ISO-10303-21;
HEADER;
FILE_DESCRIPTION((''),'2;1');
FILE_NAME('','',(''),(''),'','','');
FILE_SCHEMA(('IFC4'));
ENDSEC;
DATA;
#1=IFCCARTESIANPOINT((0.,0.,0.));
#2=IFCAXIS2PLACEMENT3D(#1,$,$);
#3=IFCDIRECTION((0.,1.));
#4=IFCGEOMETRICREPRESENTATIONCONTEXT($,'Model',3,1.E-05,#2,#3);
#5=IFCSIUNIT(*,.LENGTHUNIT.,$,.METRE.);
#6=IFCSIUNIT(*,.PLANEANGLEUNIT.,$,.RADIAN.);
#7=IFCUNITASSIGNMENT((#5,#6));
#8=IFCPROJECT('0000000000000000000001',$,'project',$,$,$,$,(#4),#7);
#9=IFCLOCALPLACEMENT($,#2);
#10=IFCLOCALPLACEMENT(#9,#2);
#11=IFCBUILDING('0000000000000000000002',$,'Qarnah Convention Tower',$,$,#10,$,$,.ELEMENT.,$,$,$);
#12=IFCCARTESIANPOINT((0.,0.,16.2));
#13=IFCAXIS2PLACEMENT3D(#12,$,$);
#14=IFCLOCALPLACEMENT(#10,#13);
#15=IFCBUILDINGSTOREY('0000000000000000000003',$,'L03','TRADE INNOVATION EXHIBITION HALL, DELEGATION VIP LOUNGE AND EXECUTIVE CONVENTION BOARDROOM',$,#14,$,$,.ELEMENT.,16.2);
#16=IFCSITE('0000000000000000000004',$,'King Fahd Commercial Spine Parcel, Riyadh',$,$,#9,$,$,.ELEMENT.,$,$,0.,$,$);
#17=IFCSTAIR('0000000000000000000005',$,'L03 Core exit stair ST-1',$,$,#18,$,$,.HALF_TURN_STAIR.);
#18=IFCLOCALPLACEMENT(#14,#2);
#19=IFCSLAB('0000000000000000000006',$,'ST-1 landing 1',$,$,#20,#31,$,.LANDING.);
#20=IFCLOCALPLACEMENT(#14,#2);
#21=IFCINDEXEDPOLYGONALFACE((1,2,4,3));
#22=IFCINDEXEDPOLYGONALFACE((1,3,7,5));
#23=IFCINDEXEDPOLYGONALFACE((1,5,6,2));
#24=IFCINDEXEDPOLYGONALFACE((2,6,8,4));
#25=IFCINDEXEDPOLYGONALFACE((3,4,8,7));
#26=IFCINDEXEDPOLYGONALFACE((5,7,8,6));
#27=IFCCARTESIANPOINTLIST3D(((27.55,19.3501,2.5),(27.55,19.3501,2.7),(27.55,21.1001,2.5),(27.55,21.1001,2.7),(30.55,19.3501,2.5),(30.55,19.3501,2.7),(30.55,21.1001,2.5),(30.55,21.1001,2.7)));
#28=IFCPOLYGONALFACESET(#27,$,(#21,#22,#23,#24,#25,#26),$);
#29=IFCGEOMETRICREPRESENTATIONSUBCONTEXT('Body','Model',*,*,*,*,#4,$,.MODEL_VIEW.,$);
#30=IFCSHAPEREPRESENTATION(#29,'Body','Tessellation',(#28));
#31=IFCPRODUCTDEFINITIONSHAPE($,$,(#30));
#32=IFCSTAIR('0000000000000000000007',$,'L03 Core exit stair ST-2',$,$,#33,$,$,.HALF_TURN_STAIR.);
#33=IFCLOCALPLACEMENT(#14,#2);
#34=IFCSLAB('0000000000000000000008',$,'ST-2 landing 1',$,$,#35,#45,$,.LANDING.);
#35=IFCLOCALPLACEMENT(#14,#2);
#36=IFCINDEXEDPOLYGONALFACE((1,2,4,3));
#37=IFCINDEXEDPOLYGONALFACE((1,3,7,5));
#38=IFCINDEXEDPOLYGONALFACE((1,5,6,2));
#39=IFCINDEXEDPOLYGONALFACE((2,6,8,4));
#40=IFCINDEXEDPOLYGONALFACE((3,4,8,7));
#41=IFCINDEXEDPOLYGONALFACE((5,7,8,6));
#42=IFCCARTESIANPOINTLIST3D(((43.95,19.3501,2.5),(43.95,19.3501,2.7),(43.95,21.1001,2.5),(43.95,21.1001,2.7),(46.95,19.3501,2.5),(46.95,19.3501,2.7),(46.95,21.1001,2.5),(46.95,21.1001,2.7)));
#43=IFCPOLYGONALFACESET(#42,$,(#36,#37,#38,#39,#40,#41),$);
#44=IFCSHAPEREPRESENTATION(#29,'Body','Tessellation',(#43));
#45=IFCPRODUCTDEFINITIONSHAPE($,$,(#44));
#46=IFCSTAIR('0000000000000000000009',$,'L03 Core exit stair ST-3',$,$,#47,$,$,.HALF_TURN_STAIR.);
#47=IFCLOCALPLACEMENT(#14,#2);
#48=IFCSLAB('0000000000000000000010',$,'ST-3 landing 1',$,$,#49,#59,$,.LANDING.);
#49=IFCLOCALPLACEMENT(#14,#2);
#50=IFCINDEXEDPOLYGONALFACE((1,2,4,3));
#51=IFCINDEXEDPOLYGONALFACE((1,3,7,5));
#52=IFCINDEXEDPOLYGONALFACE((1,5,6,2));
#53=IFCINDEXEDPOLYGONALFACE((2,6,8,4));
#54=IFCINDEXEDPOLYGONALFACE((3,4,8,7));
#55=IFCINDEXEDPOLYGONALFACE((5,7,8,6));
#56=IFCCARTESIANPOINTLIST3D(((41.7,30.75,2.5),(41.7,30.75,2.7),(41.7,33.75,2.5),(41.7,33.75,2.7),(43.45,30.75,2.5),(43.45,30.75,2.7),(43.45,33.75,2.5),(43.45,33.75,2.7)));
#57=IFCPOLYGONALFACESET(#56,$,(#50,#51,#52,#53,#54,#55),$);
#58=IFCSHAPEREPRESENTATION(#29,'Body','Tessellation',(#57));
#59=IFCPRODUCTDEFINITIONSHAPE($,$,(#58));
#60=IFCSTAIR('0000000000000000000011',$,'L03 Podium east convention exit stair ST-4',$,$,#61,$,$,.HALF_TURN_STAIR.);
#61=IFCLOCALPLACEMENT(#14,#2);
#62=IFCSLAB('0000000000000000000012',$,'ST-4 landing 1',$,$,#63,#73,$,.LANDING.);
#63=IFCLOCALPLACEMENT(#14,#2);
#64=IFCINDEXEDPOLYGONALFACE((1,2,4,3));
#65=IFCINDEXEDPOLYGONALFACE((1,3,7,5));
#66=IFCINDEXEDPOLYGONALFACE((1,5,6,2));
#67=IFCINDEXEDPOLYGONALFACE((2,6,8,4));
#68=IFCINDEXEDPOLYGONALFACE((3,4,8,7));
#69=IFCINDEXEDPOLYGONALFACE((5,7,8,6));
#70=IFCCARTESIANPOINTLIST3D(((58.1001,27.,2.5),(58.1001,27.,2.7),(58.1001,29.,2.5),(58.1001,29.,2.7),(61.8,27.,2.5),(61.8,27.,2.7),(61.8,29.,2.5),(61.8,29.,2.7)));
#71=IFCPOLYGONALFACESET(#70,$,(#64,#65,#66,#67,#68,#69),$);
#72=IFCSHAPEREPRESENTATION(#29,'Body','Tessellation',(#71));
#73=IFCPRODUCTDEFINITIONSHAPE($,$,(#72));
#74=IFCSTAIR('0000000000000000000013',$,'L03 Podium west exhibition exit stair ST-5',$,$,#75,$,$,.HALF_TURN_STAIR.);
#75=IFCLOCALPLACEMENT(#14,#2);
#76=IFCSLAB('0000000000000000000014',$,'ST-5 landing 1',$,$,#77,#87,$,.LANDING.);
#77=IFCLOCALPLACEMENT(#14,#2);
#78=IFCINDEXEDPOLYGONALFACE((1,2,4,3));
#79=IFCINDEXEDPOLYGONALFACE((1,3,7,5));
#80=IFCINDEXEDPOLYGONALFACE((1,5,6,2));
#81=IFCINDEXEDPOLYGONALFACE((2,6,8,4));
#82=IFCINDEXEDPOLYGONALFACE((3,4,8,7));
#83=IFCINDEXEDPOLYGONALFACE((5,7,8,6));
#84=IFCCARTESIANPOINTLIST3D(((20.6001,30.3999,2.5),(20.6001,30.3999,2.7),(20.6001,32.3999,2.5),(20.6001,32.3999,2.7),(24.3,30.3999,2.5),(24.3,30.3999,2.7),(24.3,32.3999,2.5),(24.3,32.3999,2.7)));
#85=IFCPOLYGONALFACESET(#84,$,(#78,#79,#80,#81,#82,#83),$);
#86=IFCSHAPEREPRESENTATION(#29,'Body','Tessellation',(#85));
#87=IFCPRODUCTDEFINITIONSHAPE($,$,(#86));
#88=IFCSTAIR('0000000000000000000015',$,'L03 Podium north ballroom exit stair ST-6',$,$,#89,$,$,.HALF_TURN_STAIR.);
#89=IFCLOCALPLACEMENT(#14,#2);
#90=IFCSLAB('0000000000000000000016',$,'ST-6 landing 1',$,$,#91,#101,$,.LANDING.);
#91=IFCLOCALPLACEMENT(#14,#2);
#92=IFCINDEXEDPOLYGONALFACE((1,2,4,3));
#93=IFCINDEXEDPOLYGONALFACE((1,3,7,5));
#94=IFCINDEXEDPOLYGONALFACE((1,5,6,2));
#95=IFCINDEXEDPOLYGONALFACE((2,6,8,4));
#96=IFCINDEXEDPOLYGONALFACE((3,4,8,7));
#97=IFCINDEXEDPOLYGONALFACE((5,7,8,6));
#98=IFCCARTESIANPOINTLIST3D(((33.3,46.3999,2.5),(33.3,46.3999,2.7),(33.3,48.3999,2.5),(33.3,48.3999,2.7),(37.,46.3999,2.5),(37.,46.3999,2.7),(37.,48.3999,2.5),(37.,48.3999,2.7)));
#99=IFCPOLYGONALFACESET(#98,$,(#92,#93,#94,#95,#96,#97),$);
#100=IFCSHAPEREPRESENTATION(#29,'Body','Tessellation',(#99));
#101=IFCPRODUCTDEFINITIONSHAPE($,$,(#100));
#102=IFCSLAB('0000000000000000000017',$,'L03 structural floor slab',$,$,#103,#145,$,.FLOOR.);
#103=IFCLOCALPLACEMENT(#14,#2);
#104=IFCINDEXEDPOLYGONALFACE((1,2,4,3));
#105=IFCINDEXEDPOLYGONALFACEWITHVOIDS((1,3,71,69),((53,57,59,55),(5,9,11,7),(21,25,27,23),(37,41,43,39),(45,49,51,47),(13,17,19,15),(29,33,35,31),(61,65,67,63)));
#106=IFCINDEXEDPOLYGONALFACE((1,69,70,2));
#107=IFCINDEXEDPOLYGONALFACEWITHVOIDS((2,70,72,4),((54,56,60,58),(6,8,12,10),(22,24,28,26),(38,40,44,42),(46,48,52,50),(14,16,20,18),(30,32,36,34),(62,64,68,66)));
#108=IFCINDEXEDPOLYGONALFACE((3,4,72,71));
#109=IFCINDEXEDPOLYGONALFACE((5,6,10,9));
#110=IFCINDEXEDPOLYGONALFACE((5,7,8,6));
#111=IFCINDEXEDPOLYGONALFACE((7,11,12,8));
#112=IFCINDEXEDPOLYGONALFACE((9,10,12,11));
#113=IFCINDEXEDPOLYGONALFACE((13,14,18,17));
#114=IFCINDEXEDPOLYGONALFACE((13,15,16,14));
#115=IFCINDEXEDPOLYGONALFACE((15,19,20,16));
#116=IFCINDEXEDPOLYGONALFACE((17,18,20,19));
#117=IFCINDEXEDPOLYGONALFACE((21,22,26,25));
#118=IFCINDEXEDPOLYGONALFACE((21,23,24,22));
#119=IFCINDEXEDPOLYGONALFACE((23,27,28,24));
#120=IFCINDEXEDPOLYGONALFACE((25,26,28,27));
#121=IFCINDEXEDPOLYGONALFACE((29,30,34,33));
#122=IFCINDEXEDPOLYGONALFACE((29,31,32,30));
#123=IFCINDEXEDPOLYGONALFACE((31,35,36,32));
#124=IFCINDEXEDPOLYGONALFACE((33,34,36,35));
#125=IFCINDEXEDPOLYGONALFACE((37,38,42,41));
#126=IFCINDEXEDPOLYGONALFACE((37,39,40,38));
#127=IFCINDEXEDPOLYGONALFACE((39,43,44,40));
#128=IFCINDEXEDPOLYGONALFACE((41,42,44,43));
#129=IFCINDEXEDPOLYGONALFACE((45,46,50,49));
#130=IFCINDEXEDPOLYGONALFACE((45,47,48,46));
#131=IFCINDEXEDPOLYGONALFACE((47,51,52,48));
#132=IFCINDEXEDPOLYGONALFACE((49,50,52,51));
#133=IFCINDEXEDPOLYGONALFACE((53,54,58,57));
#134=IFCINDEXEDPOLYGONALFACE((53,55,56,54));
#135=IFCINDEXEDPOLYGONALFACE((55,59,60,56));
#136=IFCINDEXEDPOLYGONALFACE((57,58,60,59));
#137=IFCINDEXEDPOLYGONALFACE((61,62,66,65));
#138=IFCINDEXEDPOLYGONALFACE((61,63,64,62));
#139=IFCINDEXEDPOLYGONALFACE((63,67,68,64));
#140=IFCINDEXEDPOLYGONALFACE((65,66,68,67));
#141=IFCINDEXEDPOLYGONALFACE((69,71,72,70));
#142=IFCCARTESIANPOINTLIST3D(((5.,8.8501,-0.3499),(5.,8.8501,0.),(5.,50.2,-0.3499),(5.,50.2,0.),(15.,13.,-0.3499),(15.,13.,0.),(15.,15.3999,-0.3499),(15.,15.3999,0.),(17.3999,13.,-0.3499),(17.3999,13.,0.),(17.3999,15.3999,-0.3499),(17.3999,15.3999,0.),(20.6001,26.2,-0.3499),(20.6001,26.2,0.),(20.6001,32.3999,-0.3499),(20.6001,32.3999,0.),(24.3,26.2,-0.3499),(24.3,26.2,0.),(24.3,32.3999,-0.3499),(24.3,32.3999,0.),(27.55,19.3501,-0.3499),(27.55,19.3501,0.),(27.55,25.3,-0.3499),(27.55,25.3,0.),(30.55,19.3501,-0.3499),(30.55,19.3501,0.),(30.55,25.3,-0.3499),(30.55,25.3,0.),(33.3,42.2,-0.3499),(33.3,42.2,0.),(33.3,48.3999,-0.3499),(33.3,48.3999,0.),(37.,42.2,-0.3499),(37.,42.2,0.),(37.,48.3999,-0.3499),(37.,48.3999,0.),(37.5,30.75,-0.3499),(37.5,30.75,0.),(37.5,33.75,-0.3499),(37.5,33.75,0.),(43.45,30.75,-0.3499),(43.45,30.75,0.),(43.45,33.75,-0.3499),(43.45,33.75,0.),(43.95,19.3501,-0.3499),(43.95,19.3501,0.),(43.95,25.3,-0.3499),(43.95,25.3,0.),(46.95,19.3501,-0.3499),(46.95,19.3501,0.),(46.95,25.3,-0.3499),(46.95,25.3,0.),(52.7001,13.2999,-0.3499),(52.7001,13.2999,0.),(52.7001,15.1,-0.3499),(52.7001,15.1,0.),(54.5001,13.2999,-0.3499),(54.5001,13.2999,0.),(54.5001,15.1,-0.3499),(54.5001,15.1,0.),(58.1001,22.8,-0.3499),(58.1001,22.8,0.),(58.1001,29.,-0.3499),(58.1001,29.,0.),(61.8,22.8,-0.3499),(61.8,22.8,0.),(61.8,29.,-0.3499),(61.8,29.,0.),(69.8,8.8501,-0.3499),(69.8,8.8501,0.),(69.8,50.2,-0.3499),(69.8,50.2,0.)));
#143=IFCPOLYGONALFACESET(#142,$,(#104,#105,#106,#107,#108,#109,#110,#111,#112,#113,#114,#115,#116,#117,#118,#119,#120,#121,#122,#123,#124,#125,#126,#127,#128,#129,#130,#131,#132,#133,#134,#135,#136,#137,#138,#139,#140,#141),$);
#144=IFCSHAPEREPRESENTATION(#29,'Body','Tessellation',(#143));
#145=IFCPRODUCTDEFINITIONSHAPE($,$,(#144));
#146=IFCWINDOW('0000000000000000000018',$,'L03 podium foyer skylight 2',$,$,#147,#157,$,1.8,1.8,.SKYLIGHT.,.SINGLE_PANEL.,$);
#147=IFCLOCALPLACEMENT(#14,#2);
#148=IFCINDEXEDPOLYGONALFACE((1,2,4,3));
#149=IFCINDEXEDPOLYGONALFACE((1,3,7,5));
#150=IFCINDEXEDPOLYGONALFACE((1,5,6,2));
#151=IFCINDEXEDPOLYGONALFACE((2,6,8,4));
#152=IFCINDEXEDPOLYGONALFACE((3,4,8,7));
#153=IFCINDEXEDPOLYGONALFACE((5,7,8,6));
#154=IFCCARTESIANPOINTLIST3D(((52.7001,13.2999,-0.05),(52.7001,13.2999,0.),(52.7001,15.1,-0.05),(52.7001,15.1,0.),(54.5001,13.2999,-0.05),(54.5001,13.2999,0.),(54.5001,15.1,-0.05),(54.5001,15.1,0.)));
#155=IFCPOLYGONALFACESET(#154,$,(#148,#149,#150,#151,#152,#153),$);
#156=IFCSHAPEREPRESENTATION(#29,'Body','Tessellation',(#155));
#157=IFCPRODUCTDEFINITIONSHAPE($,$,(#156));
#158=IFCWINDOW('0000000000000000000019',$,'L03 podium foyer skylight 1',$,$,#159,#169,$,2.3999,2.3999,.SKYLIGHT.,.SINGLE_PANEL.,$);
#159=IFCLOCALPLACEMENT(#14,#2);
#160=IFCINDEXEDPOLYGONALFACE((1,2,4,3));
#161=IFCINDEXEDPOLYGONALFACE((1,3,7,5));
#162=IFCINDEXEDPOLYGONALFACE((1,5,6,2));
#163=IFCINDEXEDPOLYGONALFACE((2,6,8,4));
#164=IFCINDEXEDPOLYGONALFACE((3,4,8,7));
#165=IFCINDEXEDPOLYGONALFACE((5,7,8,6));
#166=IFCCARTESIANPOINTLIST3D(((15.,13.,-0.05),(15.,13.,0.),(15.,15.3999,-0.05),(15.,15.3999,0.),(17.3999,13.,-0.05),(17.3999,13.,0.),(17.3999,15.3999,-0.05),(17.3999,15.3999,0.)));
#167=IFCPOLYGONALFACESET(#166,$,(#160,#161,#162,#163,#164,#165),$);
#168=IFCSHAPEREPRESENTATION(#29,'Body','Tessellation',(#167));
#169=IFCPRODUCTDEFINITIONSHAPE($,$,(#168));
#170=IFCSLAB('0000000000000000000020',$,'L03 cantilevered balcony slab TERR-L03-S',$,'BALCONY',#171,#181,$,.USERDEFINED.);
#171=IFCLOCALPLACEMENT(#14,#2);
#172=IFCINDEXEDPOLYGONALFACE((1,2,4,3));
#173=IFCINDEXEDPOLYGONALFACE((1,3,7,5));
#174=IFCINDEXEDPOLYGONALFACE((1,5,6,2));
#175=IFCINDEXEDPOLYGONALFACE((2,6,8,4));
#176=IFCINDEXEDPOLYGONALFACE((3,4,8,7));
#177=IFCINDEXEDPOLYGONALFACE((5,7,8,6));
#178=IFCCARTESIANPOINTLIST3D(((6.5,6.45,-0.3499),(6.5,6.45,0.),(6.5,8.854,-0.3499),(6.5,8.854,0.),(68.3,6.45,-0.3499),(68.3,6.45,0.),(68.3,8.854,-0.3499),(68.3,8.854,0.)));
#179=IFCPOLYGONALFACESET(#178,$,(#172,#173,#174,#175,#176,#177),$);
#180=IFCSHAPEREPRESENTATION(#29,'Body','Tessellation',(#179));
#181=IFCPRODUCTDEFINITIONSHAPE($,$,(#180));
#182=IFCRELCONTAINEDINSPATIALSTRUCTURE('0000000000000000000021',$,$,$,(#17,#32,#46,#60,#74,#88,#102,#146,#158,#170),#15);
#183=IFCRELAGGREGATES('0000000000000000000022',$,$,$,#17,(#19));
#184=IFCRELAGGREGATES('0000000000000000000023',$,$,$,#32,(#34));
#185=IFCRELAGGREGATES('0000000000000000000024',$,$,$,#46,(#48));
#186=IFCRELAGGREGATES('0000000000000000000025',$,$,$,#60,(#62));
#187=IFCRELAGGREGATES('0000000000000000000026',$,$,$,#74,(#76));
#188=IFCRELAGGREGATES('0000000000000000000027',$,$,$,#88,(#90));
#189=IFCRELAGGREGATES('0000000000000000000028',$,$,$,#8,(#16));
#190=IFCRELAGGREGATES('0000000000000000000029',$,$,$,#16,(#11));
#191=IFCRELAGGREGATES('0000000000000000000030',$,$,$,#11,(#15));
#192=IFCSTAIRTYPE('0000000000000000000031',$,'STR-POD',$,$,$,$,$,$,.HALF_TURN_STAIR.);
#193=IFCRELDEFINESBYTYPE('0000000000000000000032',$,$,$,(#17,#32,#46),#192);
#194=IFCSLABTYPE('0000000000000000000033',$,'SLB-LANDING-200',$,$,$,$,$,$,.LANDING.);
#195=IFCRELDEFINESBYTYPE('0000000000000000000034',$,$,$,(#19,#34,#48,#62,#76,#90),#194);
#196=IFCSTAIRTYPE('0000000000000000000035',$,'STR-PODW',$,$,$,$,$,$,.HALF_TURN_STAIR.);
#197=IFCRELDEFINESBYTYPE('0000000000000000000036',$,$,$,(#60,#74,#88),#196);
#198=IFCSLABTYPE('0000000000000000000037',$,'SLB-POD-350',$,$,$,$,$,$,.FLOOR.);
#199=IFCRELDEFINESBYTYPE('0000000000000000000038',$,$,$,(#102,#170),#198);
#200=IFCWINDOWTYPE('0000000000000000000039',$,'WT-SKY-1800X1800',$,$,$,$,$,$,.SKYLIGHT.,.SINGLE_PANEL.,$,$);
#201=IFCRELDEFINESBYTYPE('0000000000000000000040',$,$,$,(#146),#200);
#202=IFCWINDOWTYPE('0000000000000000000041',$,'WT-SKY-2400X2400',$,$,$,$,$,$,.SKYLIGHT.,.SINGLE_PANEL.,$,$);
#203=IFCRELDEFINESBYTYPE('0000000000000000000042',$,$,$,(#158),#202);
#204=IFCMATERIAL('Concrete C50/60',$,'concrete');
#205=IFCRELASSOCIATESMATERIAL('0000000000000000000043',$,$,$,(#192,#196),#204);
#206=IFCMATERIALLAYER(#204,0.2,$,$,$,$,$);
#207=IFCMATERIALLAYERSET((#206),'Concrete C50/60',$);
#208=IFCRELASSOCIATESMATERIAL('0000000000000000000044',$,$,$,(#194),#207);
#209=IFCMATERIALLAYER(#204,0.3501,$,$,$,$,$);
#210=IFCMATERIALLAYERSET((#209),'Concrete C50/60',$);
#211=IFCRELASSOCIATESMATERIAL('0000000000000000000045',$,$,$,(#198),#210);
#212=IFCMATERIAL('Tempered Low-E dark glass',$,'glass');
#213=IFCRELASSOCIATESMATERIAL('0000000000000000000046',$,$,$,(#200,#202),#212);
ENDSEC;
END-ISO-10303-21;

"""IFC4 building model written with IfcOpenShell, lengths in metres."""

from ifc_helpers import new_model, si_unit, direction, frame, origin, origin_2d, place, context, subcontext, project, spatial, polyline, rectangle, outline, extrude, material, layer, layer_set, type_object, element, fill, aggregate, save


model = new_model("IFC4")

# Units and contexts
model_context = context("Model", 3, precision=1e-05, world=origin(), true_north=direction((0.0, 1.0)))
body_context = subcontext(model_context, "Body", "Model", "MODEL_VIEW")
ifc_project = project(units=[si_unit("LENGTHUNIT", "METRE"), si_unit("PLANEANGLEUNIT", "RADIAN")], contexts=[model_context])

# Site, building, storey
site_placement = place(None, origin())
site = spatial("IfcSite", under=ifc_project, at=site_placement, Name="King Fahd Commercial Spine Parcel, Riyadh", CompositionType="ELEMENT", RefElevation=0.0)
building_placement = place(site_placement, origin())
building = spatial("IfcBuilding", under=site, at=building_placement, Name="Qarnah Convention Tower", CompositionType="ELEMENT")
storey_placement = place(building_placement, frame((0.0, 0.0, 16.2)))
storey = spatial("IfcBuildingStorey", under=building, at=storey_placement, Name="L03", Description="TRADE INNOVATION EXHIBITION HALL, DELEGATION VIP LOUNGE AND EXECUTIVE CONVENTION BOARDROOM", CompositionType="ELEMENT", Elevation=16.2)

# Stairs, slabs
ifc_material_1 = material(Name="Concrete C50/60", Category="concrete")
stair_type_1 = type_object("IfcStairType", Name="STR-POD", PredefinedType="HALF_TURN_STAIR", material=ifc_material_1)
stair_1_placement = place(storey_placement, origin())
stair_1 = element("IfcStair", 1, at=stair_1_placement, inside=storey, type_object=stair_type_1, Name="L03 Core exit stair ST-1", PredefinedType="HALF_TURN_STAIR")
ifc_layer_1 = layer(ifc_material_1, 0.2)
ifc_layer_set_1 = layer_set([ifc_layer_1], Name="Concrete C50/60")
slab_type_1 = type_object("IfcSlabType", Name="SLB-LANDING-200", PredefinedType="LANDING", material=ifc_layer_set_1)
slab_1_placement = place(storey_placement, frame((0.0, 0.0, 2.5)))
slab_1 = element("IfcSlab", 2, at=slab_1_placement, type_object=slab_type_1, Name="ST-1 landing 1", PredefinedType="LANDING", context=body_context, shape_type="SweptSolid", body=[
    extrude(outline(polyline([(27.55, 21.1001), (27.55, 19.3501), (30.55, 19.3501), (30.55, 21.1001), (27.55, 21.1001)])), origin(), (0.0, 0.0, 1.0), 0.2),
])
aggregate(stair_1, [slab_1])
stair_2_placement = place(storey_placement, origin())
stair_2 = element("IfcStair", 3, at=stair_2_placement, inside=storey, type_object=stair_type_1, Name="L03 Core exit stair ST-2", PredefinedType="HALF_TURN_STAIR")
slab_2_placement = place(storey_placement, frame((0.0, 0.0, 2.5)))
slab_2 = element("IfcSlab", 4, at=slab_2_placement, type_object=slab_type_1, Name="ST-2 landing 1", PredefinedType="LANDING", context=body_context, shape_type="SweptSolid", body=[
    extrude(outline(polyline([(43.95, 21.1001), (43.95, 19.3501), (46.95, 19.3501), (46.95, 21.1001), (43.95, 21.1001)])), origin(), (0.0, 0.0, 1.0), 0.2),
])
aggregate(stair_2, [slab_2])
stair_3_placement = place(storey_placement, origin())
stair_3 = element("IfcStair", 5, at=stair_3_placement, inside=storey, type_object=stair_type_1, Name="L03 Core exit stair ST-3", PredefinedType="HALF_TURN_STAIR")
slab_3_placement = place(storey_placement, frame((0.0, 0.0, 2.5)))
slab_3 = element("IfcSlab", 6, at=slab_3_placement, type_object=slab_type_1, Name="ST-3 landing 1", PredefinedType="LANDING", context=body_context, shape_type="SweptSolid", body=[
    extrude(outline(polyline([(41.7, 30.75), (43.45, 30.75), (43.45, 33.75), (41.7, 33.75), (41.7, 30.75)])), origin(), (0.0, 0.0, 1.0), 0.2),
])
aggregate(stair_3, [slab_3])
stair_type_2 = type_object("IfcStairType", Name="STR-PODW", PredefinedType="HALF_TURN_STAIR", material=ifc_material_1)
stair_4_placement = place(storey_placement, origin())
stair_4 = element("IfcStair", 7, at=stair_4_placement, inside=storey, type_object=stair_type_2, Name="L03 Podium east convention exit stair ST-4", PredefinedType="HALF_TURN_STAIR")
slab_4_placement = place(storey_placement, frame((0.0, 0.0, 2.5)))
slab_4 = element("IfcSlab", 8, at=slab_4_placement, type_object=slab_type_1, Name="ST-4 landing 1", PredefinedType="LANDING", context=body_context, shape_type="SweptSolid", body=[
    extrude(outline(polyline([(61.8, 27.0), (61.8, 29.0), (58.1001, 29.0), (58.1001, 27.0), (61.8, 27.0)])), origin(), (0.0, 0.0, 1.0), 0.2),
])
aggregate(stair_4, [slab_4])
stair_5_placement = place(storey_placement, origin())
stair_5 = element("IfcStair", 9, at=stair_5_placement, inside=storey, type_object=stair_type_2, Name="L03 Podium west exhibition exit stair ST-5", PredefinedType="HALF_TURN_STAIR")
slab_5_placement = place(storey_placement, frame((0.0, 0.0, 2.5)))
slab_5 = element("IfcSlab", 10, at=slab_5_placement, type_object=slab_type_1, Name="ST-5 landing 1", PredefinedType="LANDING", context=body_context, shape_type="SweptSolid", body=[
    extrude(outline(polyline([(24.3, 30.3999), (24.3, 32.3999), (20.6001, 32.3999), (20.6001, 30.3999), (24.3, 30.3999)])), origin(), (0.0, 0.0, 1.0), 0.2),
])
aggregate(stair_5, [slab_5])
stair_6_placement = place(storey_placement, origin())
stair_6 = element("IfcStair", 11, at=stair_6_placement, inside=storey, type_object=stair_type_2, Name="L03 Podium north ballroom exit stair ST-6", PredefinedType="HALF_TURN_STAIR")
slab_6_placement = place(storey_placement, frame((0.0, 0.0, 2.5)))
slab_6 = element("IfcSlab", 12, at=slab_6_placement, type_object=slab_type_1, Name="ST-6 landing 1", PredefinedType="LANDING", context=body_context, shape_type="SweptSolid", body=[
    extrude(outline(polyline([(37.0, 46.3999), (37.0, 48.3999), (33.3, 48.3999), (33.3, 46.3999), (37.0, 46.3999)])), origin(), (0.0, 0.0, 1.0), 0.2),
])
aggregate(stair_6, [slab_6])

# Slab, openings, windows
ifc_layer_2 = layer(ifc_material_1, 0.3501)
ifc_layer_set_2 = layer_set([ifc_layer_2], Name="Concrete C50/60")
slab_type_2 = type_object("IfcSlabType", Name="SLB-POD-350", PredefinedType="FLOOR", material=ifc_layer_set_2)
slab_7_placement = place(storey_placement, frame((0.0, 0.0, -0.3499)))
slab_7 = element("IfcSlab", 13, at=slab_7_placement, inside=storey, type_object=slab_type_2, Name="L03 structural floor slab", PredefinedType="FLOOR", context=body_context, shape_type="SweptSolid", body=[
    extrude(outline(polyline([(5.0, 8.8501), (69.8, 8.8501), (69.8, 50.2), (5.0, 50.2), (5.0, 8.8501)]), holes=[polyline([(27.55, 25.3), (27.55, 19.3501), (30.55, 19.3501), (30.55, 25.3), (27.55, 25.3)]), polyline([(43.95, 25.3), (43.95, 19.3501), (46.95, 19.3501), (46.95, 25.3), (43.95, 25.3)]), polyline([(37.5, 30.75), (43.45, 30.75), (43.45, 33.75), (37.5, 33.75), (37.5, 30.75)]), polyline([(61.8, 22.8), (61.8, 29.0), (58.1001, 29.0), (58.1001, 22.8), (61.8, 22.8)]), polyline([(24.3, 26.2), (24.3, 32.3999), (20.6001, 32.3999), (20.6001, 26.2), (24.3, 26.2)]), polyline([(37.0, 42.2), (37.0, 48.3999), (33.3, 48.3999), (33.3, 42.2), (37.0, 42.2)])]), origin(), (0.0, 0.0, 1.0), 0.3499),
])
opening_1_placement = place(slab_7_placement, frame((16.2, 14.2, 0.0)))
opening_1 = element("IfcOpeningElement", 14, at=opening_1_placement, cuts=slab_7, PredefinedType="OPENING", context=body_context, shape_type="SweptSolid", body=[
    extrude(rectangle(XDim=2.3999, YDim=2.3999, at=origin_2d()), origin(), (0.0, 0.0, 1.0), 0.3499),
])
opening_2_placement = place(slab_7_placement, frame((53.6001, 14.2, 0.0)))
opening_2 = element("IfcOpeningElement", 15, at=opening_2_placement, cuts=slab_7, PredefinedType="OPENING", context=body_context, shape_type="SweptSolid", body=[
    extrude(rectangle(XDim=1.8, YDim=1.8, at=origin_2d()), origin(), (0.0, 0.0, 1.0), 0.3499),
])
ifc_material_2 = material(Name="Tempered Low-E dark glass", Category="glass")
window_type_1 = type_object("IfcWindowType", Name="WT-SKY-1800X1800", PartitioningType="SINGLE_PANEL", PredefinedType="SKYLIGHT", material=ifc_material_2)
window_1_placement = place(opening_2_placement, frame((0.0, 0.0, 0.2998)))
window_1 = element("IfcWindow", 16, at=window_1_placement, inside=storey, type_object=window_type_1, Name="L03 podium foyer skylight 2", OverallHeight=1.8, OverallWidth=1.8, PartitioningType="SINGLE_PANEL", PredefinedType="SKYLIGHT", context=body_context, shape_type="SweptSolid", body=[
    extrude(rectangle(XDim=1.8, YDim=1.8, at=origin_2d()), origin(), (0.0, 0.0, 1.0), 0.05),
])
fill(opening_2, window_1)
window_type_2 = type_object("IfcWindowType", Name="WT-SKY-2400X2400", PartitioningType="SINGLE_PANEL", PredefinedType="SKYLIGHT", material=ifc_material_2)
window_2_placement = place(opening_1_placement, frame((0.0, 0.0, 0.2998)))
window_2 = element("IfcWindow", 17, at=window_2_placement, inside=storey, type_object=window_type_2, Name="L03 podium foyer skylight 1", OverallHeight=2.3999, OverallWidth=2.3999, PartitioningType="SINGLE_PANEL", PredefinedType="SKYLIGHT", context=body_context, shape_type="SweptSolid", body=[
    extrude(rectangle(XDim=2.3999, YDim=2.3999, at=origin_2d()), origin(), (0.0, 0.0, 1.0), 0.05),
])
fill(opening_1, window_2)

# Slab
slab_8_placement = place(storey_placement, frame((0.0, 0.0, -0.3499)))
element("IfcSlab", 18, at=slab_8_placement, inside=storey, type_object=slab_type_2, Name="L03 cantilevered balcony slab TERR-L03-S", ObjectType="BALCONY", PredefinedType="USERDEFINED", context=body_context, shape_type="SweptSolid", body=[
    extrude(outline(polyline([(68.3, 6.45), (6.5, 6.45), (6.5, 8.854), (68.3, 8.854), (68.3, 6.45)])), origin(), (0.0, 0.0, 1.0), 0.3499),
])

save(model, "model.ifc")
